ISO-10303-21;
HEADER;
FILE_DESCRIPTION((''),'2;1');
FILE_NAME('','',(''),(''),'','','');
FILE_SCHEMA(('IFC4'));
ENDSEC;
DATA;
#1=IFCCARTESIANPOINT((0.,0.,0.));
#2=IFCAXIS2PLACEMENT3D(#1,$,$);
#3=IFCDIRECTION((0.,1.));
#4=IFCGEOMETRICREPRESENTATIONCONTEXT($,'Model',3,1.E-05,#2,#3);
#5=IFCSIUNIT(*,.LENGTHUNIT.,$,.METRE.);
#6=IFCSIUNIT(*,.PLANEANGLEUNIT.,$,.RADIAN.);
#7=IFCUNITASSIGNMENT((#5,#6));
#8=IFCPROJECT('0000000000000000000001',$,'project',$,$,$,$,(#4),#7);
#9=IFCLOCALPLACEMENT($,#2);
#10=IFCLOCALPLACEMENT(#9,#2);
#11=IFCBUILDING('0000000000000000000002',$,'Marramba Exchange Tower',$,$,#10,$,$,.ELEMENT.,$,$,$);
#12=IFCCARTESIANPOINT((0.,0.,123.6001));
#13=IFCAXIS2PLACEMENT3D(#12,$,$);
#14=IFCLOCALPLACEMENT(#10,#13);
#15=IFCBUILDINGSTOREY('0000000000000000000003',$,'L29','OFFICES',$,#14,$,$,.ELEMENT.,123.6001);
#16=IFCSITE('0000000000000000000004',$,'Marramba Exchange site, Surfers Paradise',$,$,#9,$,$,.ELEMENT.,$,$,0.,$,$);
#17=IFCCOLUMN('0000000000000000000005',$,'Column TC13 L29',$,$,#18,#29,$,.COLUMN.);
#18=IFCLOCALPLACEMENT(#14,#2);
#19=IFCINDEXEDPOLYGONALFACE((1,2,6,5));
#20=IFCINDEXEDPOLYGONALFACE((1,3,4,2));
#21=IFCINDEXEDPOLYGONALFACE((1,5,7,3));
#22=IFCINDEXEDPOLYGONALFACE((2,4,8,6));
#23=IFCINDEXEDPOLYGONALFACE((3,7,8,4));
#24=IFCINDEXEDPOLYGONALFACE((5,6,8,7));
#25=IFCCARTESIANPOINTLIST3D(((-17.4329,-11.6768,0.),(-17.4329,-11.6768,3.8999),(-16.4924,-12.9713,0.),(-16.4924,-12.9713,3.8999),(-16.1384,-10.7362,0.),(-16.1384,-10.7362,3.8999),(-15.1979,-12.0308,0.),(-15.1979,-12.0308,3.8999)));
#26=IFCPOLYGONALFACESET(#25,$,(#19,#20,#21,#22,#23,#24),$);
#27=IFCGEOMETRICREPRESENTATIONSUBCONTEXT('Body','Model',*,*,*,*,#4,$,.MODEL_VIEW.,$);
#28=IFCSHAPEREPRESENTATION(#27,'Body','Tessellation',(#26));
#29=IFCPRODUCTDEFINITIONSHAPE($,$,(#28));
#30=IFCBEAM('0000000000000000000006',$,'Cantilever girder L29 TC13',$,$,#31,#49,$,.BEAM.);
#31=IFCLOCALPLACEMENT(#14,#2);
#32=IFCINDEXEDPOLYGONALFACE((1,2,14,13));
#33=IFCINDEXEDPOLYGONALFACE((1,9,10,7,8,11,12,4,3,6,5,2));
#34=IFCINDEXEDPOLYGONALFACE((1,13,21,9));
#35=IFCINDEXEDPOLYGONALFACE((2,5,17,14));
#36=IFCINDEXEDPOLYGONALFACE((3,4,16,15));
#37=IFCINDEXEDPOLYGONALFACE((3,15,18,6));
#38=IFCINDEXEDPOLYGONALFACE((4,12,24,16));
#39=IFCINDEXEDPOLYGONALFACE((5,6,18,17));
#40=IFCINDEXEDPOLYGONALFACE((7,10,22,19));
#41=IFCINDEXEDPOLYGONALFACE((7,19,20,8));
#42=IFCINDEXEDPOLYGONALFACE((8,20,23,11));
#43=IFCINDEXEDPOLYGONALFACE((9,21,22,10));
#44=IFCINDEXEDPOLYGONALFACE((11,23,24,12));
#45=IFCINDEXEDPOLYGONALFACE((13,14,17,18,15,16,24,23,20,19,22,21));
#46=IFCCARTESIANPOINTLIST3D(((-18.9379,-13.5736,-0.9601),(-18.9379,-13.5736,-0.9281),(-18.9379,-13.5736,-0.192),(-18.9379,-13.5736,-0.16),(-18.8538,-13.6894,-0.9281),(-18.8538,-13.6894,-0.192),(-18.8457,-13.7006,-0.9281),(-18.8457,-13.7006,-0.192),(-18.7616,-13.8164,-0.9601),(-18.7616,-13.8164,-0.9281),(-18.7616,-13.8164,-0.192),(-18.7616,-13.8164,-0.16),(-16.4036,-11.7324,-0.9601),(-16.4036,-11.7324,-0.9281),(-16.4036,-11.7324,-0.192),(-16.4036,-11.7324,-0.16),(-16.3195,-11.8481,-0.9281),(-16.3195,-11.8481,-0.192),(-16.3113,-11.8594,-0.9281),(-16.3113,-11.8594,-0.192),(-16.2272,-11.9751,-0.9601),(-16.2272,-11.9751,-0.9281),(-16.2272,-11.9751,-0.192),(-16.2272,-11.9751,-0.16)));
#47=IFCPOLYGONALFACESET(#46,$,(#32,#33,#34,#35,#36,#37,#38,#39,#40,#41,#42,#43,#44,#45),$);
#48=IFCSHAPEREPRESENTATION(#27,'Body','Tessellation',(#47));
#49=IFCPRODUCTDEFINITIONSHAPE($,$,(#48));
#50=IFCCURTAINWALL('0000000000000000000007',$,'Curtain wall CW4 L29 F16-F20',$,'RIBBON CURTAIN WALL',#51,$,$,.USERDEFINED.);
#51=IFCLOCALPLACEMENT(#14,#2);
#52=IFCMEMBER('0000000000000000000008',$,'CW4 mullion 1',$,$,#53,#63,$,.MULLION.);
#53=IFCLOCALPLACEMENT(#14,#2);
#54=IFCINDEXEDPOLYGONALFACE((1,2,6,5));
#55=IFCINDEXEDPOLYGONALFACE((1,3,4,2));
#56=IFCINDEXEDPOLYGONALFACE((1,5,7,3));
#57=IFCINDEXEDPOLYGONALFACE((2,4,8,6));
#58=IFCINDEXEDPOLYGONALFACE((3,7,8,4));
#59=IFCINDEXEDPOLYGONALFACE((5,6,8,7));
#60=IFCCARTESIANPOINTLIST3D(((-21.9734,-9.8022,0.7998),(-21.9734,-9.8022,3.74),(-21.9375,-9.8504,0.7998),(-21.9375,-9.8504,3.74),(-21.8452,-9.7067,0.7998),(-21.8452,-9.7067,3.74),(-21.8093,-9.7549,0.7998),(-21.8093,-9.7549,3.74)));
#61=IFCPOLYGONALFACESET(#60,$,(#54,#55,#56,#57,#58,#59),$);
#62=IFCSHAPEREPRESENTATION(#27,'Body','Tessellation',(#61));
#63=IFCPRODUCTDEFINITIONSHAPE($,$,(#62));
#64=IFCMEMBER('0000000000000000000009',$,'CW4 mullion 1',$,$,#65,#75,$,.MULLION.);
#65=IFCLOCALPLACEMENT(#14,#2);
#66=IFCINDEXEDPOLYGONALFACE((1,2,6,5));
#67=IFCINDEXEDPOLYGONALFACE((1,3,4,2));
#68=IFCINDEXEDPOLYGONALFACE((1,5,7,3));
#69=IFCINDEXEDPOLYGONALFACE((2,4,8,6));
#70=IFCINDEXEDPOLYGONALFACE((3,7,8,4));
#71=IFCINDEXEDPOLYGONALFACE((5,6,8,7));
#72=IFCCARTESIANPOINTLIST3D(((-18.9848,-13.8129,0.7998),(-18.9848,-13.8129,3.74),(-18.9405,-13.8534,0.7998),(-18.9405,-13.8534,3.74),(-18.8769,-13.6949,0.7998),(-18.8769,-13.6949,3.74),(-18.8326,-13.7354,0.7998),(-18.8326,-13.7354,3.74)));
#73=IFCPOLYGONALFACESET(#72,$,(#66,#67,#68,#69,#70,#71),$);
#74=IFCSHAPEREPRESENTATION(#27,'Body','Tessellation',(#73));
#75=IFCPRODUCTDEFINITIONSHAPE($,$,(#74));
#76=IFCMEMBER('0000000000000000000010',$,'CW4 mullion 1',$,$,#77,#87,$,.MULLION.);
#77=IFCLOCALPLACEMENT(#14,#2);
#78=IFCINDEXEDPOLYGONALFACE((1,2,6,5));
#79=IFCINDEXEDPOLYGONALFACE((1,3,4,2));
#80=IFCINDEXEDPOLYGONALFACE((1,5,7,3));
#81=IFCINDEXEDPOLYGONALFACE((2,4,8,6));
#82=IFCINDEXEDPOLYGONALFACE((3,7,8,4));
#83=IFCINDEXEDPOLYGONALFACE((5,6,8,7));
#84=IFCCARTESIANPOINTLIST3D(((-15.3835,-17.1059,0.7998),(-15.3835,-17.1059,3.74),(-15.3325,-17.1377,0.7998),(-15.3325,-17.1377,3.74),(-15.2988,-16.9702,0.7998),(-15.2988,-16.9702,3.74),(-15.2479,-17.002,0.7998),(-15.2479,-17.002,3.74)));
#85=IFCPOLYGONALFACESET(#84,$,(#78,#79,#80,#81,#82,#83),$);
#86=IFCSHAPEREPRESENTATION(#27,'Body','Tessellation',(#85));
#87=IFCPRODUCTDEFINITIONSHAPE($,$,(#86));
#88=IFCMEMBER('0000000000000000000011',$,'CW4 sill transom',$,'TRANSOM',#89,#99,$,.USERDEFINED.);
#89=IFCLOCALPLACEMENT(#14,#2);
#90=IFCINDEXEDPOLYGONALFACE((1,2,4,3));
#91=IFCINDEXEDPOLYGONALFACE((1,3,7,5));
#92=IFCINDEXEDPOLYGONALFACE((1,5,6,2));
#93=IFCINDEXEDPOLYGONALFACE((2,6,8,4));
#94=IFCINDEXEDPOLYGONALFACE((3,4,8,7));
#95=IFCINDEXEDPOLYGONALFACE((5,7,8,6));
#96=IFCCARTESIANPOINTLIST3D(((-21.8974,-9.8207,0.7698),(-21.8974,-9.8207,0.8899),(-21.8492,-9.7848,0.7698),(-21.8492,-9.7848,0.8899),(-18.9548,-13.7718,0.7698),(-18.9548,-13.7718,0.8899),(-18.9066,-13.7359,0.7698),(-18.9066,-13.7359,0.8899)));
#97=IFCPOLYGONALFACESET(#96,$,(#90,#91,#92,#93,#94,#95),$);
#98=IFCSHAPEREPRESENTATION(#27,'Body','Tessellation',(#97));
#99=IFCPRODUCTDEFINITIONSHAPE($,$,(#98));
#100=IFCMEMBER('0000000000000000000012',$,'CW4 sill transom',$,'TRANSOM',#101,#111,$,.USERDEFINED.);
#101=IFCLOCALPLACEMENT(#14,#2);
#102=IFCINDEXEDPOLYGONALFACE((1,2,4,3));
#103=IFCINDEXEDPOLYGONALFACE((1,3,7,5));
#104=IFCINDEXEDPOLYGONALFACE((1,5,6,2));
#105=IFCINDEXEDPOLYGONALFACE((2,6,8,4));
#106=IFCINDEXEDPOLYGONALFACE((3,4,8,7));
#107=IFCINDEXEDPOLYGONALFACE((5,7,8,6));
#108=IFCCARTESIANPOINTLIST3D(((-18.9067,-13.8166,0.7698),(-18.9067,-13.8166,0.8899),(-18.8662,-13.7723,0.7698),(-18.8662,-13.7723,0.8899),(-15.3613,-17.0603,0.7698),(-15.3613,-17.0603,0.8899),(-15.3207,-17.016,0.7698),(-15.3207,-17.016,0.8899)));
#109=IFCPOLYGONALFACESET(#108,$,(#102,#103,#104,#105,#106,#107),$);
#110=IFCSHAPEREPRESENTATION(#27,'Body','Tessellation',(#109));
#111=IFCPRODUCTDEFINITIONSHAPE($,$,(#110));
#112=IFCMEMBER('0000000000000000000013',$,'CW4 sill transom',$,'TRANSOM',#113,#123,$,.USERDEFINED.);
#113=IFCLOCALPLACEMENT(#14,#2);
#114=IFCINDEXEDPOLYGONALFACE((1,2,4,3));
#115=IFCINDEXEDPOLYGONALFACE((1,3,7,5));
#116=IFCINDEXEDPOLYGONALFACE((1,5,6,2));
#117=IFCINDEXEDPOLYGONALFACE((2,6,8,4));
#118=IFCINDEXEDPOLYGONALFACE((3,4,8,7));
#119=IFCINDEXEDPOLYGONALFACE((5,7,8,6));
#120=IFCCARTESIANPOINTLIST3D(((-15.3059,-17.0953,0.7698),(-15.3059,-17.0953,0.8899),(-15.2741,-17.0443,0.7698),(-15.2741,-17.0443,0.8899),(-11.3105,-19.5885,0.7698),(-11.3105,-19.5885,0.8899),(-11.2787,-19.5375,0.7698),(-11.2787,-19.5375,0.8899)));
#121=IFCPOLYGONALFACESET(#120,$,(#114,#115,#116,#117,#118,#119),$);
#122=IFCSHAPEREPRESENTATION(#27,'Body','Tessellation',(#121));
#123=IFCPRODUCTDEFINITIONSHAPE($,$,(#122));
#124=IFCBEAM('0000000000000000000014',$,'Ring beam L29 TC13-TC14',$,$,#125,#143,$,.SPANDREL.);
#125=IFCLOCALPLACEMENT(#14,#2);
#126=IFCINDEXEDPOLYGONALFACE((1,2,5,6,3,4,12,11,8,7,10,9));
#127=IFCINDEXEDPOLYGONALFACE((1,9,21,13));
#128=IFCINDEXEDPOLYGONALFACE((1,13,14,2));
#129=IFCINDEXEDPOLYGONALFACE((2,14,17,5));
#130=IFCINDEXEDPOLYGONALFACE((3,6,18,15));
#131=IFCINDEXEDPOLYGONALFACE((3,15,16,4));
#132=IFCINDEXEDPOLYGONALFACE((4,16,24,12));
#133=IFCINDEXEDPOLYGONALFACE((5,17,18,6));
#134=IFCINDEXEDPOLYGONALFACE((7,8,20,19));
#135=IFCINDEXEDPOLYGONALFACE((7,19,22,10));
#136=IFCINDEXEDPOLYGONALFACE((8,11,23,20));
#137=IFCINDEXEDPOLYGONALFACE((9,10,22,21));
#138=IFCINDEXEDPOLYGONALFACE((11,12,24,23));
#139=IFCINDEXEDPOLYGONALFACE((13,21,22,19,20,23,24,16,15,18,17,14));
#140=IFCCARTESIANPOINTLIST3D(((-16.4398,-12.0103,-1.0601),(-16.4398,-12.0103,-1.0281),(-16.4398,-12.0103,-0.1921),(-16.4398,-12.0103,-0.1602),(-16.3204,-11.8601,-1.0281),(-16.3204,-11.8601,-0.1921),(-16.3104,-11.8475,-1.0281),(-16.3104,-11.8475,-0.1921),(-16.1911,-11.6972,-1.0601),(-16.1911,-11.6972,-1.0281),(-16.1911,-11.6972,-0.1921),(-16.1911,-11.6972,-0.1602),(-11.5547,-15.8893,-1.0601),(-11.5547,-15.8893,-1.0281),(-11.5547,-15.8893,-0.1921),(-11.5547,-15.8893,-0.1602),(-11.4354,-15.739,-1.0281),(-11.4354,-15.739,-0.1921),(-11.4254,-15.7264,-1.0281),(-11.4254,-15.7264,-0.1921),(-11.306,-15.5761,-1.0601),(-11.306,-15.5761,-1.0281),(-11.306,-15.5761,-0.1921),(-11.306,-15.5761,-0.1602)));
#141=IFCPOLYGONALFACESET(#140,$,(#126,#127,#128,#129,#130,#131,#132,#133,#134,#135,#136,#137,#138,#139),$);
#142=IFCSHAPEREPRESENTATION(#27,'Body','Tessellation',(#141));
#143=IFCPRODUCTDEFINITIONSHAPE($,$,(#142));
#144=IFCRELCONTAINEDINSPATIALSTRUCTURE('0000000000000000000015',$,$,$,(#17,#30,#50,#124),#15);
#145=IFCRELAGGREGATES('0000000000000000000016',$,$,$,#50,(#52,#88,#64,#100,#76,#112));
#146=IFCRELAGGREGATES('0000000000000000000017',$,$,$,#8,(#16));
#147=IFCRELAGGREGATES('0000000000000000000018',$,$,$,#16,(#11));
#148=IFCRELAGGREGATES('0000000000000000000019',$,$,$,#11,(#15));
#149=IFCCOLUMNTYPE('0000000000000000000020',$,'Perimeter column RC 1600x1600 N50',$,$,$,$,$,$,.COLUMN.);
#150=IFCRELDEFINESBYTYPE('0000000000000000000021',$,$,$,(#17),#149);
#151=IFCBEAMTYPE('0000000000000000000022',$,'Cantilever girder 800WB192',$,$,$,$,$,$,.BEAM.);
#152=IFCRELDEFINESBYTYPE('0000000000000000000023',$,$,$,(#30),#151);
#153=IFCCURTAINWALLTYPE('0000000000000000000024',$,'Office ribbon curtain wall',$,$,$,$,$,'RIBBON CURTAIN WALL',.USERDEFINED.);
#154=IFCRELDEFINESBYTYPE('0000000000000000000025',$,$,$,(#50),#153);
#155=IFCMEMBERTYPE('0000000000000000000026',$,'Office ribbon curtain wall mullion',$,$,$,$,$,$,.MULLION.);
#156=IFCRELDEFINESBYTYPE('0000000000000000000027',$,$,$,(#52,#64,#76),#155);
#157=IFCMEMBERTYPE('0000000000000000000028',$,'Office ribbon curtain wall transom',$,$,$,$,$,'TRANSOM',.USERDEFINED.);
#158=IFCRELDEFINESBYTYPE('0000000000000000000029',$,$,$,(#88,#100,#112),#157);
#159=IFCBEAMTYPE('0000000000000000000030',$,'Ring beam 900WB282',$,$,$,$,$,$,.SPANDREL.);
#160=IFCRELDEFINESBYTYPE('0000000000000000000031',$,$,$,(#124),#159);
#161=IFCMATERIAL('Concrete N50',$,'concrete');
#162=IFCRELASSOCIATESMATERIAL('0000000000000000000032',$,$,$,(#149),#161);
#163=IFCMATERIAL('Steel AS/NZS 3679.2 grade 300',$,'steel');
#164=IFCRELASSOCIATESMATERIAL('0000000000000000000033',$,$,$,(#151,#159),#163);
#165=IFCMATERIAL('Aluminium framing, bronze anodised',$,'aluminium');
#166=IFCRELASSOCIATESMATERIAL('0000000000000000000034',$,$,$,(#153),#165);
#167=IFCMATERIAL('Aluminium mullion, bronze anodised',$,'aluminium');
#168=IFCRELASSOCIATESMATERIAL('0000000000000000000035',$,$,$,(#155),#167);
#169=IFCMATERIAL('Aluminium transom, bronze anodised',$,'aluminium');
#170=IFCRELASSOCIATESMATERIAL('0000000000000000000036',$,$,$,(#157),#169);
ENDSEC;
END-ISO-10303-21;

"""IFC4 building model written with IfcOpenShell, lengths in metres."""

from ifc_helpers import new_model, si_unit, direction, frame, origin, origin_2d, place, context, subcontext, project, spatial, rectangle, i_section, extrude, material, material_profile, profile_set, type_object, element, aggregate, save


model = new_model("IFC4")

# Units and contexts
model_context = context("Model", 3, precision=1e-05, world=origin(), true_north=direction((0.0, 1.0)))
body_context = subcontext(model_context, "Body", "Model", "MODEL_VIEW")
ifc_project = project(units=[si_unit("LENGTHUNIT", "METRE"), si_unit("PLANEANGLEUNIT", "RADIAN")], contexts=[model_context])

# Site, building, storey
site_placement = place(None, origin())
site = spatial("IfcSite", under=ifc_project, at=site_placement, Name="Marramba Exchange site, Surfers Paradise", CompositionType="ELEMENT", RefElevation=0.0)
building_placement = place(site_placement, origin())
building = spatial("IfcBuilding", under=site, at=building_placement, Name="Marramba Exchange Tower", CompositionType="ELEMENT")
storey_placement = place(building_placement, frame((0.0, 0.0, 123.6001)))
storey = spatial("IfcBuildingStorey", under=building, at=storey_placement, Name="L29", Description="OFFICES", CompositionType="ELEMENT", Elevation=123.6001)

# Column
ifc_material_1 = material(Name="Concrete N50", Category="concrete")
ifc_material_profile_1 = material_profile(ifc_material_1, rectangle(XDim=1.6001, YDim=1.6001, at=origin_2d()), Name="RC 1600x1600")
ifc_profile_set_1 = profile_set([ifc_material_profile_1], Name="Concrete N50")
column_type = type_object("IfcColumnType", Name="Perimeter column RC 1600x1600 N50", PredefinedType="COLUMN", material=ifc_profile_set_1)
column_placement = place(storey_placement, frame((-16.3154, -11.8538, 0.0), z_axis=(0.0, 0.0, 1.0), x_axis=(-0.809017, -0.587785, 0.0)))
element("IfcColumn", 1, at=column_placement, inside=storey, type_object=column_type, Name="Column TC13 L29", PredefinedType="COLUMN", context=body_context, shape_type="SweptSolid", body=[
    extrude(rectangle(XDim=1.6001, YDim=1.6001, at=origin_2d()), origin(), (0.0, 0.0, 1.0), 3.8999),
])

# Beam
ifc_material_2 = material(Name="Steel AS/NZS 3679.2 grade 300", Category="steel")
ifc_material_profile_2 = material_profile(ifc_material_2, i_section(OverallWidth=0.3, OverallDepth=0.8, WebThickness=0.0139, FlangeThickness=0.032, at=origin_2d()), Name="800WB192")
ifc_profile_set_2 = profile_set([ifc_material_profile_2], Name="Steel AS/NZS 3679.2 grade 300")
beam_type_1 = type_object("IfcBeamType", Name="Cantilever girder 800WB192", PredefinedType="BEAM", material=ifc_profile_set_2)
beam_1_placement = place(storey_placement, frame((-16.3154, -11.8538, -0.5601), z_axis=(-0.809026, -0.587773, 0.0), x_axis=(0.587773, -0.809026, 0.0)))
element("IfcBeam", 2, at=beam_1_placement, inside=storey, type_object=beam_type_1, Name="Cantilever girder L29 TC13", PredefinedType="BEAM", context=body_context, shape_type="SweptSolid", body=[
    extrude(i_section(OverallWidth=0.3, OverallDepth=0.8, WebThickness=0.0139, FlangeThickness=0.032, at=origin_2d()), origin(), (0.0, 0.0, 1.0), 3.1326),
])

# Curtain wall, members
ifc_material_3 = material(Name="Aluminium framing, bronze anodised", Category="aluminium")
curtain_wall_type = type_object("IfcCurtainWallType", Name="Office ribbon curtain wall", ElementType="RIBBON CURTAIN WALL", PredefinedType="USERDEFINED", material=ifc_material_3)
curtain_wall_placement = place(storey_placement, origin())
curtain_wall = element("IfcCurtainWall", 3, at=curtain_wall_placement, inside=storey, type_object=curtain_wall_type, Name="Curtain wall CW4 L29 F16-F20", ObjectType="RIBBON CURTAIN WALL", PredefinedType="USERDEFINED")
ifc_material_4 = material(Name="Aluminium mullion, bronze anodised", Category="aluminium")
ifc_material_profile_3 = material_profile(ifc_material_4, rectangle(XDim=0.1599, YDim=0.0601, at=origin_2d()), Name="CW4 mullion 60x160")
ifc_profile_set_3 = profile_set([ifc_material_profile_3], Name="Aluminium mullion, bronze anodised")
member_type_1 = type_object("IfcMemberType", Name="Office ribbon curtain wall mullion", PredefinedType="MULLION", material=ifc_profile_set_3)
member_1_placement = place(storey_placement, frame((-21.8914, -9.7786, 0.7998), z_axis=(0.0, 0.0, 1.0), x_axis=(0.802014, 0.597305, 0.0)))
member_1 = element("IfcMember", 4, at=member_1_placement, type_object=member_type_1, Name="CW4 mullion 1", PredefinedType="MULLION", context=body_context, shape_type="SweptSolid", body=[
    extrude(rectangle(XDim=0.1599, YDim=0.0601, at=origin_2d()), origin(), (0.0, 0.0, 1.0), 2.9402),
])
member_2_placement = place(storey_placement, frame((-18.9087, -13.7742, 0.7998), z_axis=(0.0, 0.0, 1.0), x_axis=(0.674995, 0.737822, 0.0)))
member_2 = element("IfcMember", 5, at=member_2_placement, type_object=member_type_1, Name="CW4 mullion 1", PredefinedType="MULLION", context=body_context, shape_type="SweptSolid", body=[
    extrude(rectangle(XDim=0.1599, YDim=0.0601, at=origin_2d()), origin(), (0.0, 0.0, 1.0), 2.9402),
])
member_3_placement = place(storey_placement, frame((-15.3157, -17.054, 0.7998), z_axis=(0.0, 0.0, 1.0), x_axis=(0.529428, 0.848355, 0.0)))
member_3 = element("IfcMember", 6, at=member_3_placement, type_object=member_type_1, Name="CW4 mullion 1", PredefinedType="MULLION", context=body_context, shape_type="SweptSolid", body=[
    extrude(rectangle(XDim=0.1599, YDim=0.0601, at=origin_2d()), origin(), (0.0, 0.0, 1.0), 2.9402),
])
ifc_material_5 = material(Name="Aluminium transom, bronze anodised", Category="aluminium")
ifc_material_profile_4 = material_profile(ifc_material_5, rectangle(XDim=0.0601, YDim=0.1201, at=origin_2d()), Name="CW4 transom 60x120")
ifc_profile_set_4 = profile_set([ifc_material_profile_4], Name="Aluminium transom, bronze anodised")
member_type_2 = type_object("IfcMemberType", Name="Office ribbon curtain wall transom", ElementType="TRANSOM", PredefinedType="USERDEFINED", material=ifc_profile_set_4)
member_4_placement = place(storey_placement, frame((-21.8733, -9.8027, 0.8298), z_axis=(0.597301, -0.802017, 0.0), x_axis=(0.802017, 0.597301, 0.0)))
member_4 = element("IfcMember", 7, at=member_4_placement, type_object=member_type_2, Name="CW4 sill transom", ObjectType="TRANSOM", PredefinedType="USERDEFINED", context=body_context, shape_type="SweptSolid", body=[
    extrude(rectangle(XDim=0.0601, YDim=0.1201, at=origin_2d()), origin(), (0.0, 0.0, 1.0), 4.9265),
])
member_5_placement = place(storey_placement, frame((-18.8865, -13.7944, 0.8298), z_axis=(0.737808, -0.675011, 0.0), x_axis=(0.675011, 0.737808, 0.0)))
member_5 = element("IfcMember", 8, at=member_5_placement, type_object=member_type_2, Name="CW4 sill transom", ObjectType="TRANSOM", PredefinedType="USERDEFINED", context=body_context, shape_type="SweptSolid", body=[
    extrude(rectangle(XDim=0.0601, YDim=0.1201, at=origin_2d()), origin(), (0.0, 0.0, 1.0), 4.8054),
])
member_6_placement = place(storey_placement, frame((-15.29, -17.0698, 0.8298), z_axis=(0.848374, -0.529398, 0.0), x_axis=(0.529398, 0.848374, 0.0)))
member_6 = element("IfcMember", 9, at=member_6_placement, type_object=member_type_2, Name="CW4 sill transom", ObjectType="TRANSOM", PredefinedType="USERDEFINED", context=body_context, shape_type="SweptSolid", body=[
    extrude(rectangle(XDim=0.0601, YDim=0.1201, at=origin_2d()), origin(), (0.0, 0.0, 1.0), 4.7095),
])

# Beam
ifc_material_profile_5 = material_profile(ifc_material_2, i_section(OverallWidth=0.3999, OverallDepth=0.8999, WebThickness=0.0161, FlangeThickness=0.032, at=origin_2d()), Name="900WB282")
ifc_profile_set_5 = profile_set([ifc_material_profile_5], Name="Steel AS/NZS 3679.2 grade 300")
beam_type_2 = type_object("IfcBeamType", Name="Ring beam 900WB282", PredefinedType="SPANDREL", material=ifc_profile_set_5)
beam_2_placement = place(storey_placement, frame((-16.3154, -11.8538, -0.6101), z_axis=(0.783139, -0.621846, 0.0), x_axis=(0.621846, 0.783139, 0.0)))
element("IfcBeam", 10, at=beam_2_placement, inside=storey, type_object=beam_type_2, Name="Ring beam L29 TC13-TC14", PredefinedType="SPANDREL", context=body_context, shape_type="SweptSolid", body=[
    extrude(i_section(OverallWidth=0.3999, OverallDepth=0.8999, WebThickness=0.0161, FlangeThickness=0.032, at=origin_2d()), origin(), (0.0, 0.0, 1.0), 6.2378),
])

aggregate(curtain_wall, [member_1, member_4, member_2, member_5, member_3, member_6])

save(model, "model.ifc")
